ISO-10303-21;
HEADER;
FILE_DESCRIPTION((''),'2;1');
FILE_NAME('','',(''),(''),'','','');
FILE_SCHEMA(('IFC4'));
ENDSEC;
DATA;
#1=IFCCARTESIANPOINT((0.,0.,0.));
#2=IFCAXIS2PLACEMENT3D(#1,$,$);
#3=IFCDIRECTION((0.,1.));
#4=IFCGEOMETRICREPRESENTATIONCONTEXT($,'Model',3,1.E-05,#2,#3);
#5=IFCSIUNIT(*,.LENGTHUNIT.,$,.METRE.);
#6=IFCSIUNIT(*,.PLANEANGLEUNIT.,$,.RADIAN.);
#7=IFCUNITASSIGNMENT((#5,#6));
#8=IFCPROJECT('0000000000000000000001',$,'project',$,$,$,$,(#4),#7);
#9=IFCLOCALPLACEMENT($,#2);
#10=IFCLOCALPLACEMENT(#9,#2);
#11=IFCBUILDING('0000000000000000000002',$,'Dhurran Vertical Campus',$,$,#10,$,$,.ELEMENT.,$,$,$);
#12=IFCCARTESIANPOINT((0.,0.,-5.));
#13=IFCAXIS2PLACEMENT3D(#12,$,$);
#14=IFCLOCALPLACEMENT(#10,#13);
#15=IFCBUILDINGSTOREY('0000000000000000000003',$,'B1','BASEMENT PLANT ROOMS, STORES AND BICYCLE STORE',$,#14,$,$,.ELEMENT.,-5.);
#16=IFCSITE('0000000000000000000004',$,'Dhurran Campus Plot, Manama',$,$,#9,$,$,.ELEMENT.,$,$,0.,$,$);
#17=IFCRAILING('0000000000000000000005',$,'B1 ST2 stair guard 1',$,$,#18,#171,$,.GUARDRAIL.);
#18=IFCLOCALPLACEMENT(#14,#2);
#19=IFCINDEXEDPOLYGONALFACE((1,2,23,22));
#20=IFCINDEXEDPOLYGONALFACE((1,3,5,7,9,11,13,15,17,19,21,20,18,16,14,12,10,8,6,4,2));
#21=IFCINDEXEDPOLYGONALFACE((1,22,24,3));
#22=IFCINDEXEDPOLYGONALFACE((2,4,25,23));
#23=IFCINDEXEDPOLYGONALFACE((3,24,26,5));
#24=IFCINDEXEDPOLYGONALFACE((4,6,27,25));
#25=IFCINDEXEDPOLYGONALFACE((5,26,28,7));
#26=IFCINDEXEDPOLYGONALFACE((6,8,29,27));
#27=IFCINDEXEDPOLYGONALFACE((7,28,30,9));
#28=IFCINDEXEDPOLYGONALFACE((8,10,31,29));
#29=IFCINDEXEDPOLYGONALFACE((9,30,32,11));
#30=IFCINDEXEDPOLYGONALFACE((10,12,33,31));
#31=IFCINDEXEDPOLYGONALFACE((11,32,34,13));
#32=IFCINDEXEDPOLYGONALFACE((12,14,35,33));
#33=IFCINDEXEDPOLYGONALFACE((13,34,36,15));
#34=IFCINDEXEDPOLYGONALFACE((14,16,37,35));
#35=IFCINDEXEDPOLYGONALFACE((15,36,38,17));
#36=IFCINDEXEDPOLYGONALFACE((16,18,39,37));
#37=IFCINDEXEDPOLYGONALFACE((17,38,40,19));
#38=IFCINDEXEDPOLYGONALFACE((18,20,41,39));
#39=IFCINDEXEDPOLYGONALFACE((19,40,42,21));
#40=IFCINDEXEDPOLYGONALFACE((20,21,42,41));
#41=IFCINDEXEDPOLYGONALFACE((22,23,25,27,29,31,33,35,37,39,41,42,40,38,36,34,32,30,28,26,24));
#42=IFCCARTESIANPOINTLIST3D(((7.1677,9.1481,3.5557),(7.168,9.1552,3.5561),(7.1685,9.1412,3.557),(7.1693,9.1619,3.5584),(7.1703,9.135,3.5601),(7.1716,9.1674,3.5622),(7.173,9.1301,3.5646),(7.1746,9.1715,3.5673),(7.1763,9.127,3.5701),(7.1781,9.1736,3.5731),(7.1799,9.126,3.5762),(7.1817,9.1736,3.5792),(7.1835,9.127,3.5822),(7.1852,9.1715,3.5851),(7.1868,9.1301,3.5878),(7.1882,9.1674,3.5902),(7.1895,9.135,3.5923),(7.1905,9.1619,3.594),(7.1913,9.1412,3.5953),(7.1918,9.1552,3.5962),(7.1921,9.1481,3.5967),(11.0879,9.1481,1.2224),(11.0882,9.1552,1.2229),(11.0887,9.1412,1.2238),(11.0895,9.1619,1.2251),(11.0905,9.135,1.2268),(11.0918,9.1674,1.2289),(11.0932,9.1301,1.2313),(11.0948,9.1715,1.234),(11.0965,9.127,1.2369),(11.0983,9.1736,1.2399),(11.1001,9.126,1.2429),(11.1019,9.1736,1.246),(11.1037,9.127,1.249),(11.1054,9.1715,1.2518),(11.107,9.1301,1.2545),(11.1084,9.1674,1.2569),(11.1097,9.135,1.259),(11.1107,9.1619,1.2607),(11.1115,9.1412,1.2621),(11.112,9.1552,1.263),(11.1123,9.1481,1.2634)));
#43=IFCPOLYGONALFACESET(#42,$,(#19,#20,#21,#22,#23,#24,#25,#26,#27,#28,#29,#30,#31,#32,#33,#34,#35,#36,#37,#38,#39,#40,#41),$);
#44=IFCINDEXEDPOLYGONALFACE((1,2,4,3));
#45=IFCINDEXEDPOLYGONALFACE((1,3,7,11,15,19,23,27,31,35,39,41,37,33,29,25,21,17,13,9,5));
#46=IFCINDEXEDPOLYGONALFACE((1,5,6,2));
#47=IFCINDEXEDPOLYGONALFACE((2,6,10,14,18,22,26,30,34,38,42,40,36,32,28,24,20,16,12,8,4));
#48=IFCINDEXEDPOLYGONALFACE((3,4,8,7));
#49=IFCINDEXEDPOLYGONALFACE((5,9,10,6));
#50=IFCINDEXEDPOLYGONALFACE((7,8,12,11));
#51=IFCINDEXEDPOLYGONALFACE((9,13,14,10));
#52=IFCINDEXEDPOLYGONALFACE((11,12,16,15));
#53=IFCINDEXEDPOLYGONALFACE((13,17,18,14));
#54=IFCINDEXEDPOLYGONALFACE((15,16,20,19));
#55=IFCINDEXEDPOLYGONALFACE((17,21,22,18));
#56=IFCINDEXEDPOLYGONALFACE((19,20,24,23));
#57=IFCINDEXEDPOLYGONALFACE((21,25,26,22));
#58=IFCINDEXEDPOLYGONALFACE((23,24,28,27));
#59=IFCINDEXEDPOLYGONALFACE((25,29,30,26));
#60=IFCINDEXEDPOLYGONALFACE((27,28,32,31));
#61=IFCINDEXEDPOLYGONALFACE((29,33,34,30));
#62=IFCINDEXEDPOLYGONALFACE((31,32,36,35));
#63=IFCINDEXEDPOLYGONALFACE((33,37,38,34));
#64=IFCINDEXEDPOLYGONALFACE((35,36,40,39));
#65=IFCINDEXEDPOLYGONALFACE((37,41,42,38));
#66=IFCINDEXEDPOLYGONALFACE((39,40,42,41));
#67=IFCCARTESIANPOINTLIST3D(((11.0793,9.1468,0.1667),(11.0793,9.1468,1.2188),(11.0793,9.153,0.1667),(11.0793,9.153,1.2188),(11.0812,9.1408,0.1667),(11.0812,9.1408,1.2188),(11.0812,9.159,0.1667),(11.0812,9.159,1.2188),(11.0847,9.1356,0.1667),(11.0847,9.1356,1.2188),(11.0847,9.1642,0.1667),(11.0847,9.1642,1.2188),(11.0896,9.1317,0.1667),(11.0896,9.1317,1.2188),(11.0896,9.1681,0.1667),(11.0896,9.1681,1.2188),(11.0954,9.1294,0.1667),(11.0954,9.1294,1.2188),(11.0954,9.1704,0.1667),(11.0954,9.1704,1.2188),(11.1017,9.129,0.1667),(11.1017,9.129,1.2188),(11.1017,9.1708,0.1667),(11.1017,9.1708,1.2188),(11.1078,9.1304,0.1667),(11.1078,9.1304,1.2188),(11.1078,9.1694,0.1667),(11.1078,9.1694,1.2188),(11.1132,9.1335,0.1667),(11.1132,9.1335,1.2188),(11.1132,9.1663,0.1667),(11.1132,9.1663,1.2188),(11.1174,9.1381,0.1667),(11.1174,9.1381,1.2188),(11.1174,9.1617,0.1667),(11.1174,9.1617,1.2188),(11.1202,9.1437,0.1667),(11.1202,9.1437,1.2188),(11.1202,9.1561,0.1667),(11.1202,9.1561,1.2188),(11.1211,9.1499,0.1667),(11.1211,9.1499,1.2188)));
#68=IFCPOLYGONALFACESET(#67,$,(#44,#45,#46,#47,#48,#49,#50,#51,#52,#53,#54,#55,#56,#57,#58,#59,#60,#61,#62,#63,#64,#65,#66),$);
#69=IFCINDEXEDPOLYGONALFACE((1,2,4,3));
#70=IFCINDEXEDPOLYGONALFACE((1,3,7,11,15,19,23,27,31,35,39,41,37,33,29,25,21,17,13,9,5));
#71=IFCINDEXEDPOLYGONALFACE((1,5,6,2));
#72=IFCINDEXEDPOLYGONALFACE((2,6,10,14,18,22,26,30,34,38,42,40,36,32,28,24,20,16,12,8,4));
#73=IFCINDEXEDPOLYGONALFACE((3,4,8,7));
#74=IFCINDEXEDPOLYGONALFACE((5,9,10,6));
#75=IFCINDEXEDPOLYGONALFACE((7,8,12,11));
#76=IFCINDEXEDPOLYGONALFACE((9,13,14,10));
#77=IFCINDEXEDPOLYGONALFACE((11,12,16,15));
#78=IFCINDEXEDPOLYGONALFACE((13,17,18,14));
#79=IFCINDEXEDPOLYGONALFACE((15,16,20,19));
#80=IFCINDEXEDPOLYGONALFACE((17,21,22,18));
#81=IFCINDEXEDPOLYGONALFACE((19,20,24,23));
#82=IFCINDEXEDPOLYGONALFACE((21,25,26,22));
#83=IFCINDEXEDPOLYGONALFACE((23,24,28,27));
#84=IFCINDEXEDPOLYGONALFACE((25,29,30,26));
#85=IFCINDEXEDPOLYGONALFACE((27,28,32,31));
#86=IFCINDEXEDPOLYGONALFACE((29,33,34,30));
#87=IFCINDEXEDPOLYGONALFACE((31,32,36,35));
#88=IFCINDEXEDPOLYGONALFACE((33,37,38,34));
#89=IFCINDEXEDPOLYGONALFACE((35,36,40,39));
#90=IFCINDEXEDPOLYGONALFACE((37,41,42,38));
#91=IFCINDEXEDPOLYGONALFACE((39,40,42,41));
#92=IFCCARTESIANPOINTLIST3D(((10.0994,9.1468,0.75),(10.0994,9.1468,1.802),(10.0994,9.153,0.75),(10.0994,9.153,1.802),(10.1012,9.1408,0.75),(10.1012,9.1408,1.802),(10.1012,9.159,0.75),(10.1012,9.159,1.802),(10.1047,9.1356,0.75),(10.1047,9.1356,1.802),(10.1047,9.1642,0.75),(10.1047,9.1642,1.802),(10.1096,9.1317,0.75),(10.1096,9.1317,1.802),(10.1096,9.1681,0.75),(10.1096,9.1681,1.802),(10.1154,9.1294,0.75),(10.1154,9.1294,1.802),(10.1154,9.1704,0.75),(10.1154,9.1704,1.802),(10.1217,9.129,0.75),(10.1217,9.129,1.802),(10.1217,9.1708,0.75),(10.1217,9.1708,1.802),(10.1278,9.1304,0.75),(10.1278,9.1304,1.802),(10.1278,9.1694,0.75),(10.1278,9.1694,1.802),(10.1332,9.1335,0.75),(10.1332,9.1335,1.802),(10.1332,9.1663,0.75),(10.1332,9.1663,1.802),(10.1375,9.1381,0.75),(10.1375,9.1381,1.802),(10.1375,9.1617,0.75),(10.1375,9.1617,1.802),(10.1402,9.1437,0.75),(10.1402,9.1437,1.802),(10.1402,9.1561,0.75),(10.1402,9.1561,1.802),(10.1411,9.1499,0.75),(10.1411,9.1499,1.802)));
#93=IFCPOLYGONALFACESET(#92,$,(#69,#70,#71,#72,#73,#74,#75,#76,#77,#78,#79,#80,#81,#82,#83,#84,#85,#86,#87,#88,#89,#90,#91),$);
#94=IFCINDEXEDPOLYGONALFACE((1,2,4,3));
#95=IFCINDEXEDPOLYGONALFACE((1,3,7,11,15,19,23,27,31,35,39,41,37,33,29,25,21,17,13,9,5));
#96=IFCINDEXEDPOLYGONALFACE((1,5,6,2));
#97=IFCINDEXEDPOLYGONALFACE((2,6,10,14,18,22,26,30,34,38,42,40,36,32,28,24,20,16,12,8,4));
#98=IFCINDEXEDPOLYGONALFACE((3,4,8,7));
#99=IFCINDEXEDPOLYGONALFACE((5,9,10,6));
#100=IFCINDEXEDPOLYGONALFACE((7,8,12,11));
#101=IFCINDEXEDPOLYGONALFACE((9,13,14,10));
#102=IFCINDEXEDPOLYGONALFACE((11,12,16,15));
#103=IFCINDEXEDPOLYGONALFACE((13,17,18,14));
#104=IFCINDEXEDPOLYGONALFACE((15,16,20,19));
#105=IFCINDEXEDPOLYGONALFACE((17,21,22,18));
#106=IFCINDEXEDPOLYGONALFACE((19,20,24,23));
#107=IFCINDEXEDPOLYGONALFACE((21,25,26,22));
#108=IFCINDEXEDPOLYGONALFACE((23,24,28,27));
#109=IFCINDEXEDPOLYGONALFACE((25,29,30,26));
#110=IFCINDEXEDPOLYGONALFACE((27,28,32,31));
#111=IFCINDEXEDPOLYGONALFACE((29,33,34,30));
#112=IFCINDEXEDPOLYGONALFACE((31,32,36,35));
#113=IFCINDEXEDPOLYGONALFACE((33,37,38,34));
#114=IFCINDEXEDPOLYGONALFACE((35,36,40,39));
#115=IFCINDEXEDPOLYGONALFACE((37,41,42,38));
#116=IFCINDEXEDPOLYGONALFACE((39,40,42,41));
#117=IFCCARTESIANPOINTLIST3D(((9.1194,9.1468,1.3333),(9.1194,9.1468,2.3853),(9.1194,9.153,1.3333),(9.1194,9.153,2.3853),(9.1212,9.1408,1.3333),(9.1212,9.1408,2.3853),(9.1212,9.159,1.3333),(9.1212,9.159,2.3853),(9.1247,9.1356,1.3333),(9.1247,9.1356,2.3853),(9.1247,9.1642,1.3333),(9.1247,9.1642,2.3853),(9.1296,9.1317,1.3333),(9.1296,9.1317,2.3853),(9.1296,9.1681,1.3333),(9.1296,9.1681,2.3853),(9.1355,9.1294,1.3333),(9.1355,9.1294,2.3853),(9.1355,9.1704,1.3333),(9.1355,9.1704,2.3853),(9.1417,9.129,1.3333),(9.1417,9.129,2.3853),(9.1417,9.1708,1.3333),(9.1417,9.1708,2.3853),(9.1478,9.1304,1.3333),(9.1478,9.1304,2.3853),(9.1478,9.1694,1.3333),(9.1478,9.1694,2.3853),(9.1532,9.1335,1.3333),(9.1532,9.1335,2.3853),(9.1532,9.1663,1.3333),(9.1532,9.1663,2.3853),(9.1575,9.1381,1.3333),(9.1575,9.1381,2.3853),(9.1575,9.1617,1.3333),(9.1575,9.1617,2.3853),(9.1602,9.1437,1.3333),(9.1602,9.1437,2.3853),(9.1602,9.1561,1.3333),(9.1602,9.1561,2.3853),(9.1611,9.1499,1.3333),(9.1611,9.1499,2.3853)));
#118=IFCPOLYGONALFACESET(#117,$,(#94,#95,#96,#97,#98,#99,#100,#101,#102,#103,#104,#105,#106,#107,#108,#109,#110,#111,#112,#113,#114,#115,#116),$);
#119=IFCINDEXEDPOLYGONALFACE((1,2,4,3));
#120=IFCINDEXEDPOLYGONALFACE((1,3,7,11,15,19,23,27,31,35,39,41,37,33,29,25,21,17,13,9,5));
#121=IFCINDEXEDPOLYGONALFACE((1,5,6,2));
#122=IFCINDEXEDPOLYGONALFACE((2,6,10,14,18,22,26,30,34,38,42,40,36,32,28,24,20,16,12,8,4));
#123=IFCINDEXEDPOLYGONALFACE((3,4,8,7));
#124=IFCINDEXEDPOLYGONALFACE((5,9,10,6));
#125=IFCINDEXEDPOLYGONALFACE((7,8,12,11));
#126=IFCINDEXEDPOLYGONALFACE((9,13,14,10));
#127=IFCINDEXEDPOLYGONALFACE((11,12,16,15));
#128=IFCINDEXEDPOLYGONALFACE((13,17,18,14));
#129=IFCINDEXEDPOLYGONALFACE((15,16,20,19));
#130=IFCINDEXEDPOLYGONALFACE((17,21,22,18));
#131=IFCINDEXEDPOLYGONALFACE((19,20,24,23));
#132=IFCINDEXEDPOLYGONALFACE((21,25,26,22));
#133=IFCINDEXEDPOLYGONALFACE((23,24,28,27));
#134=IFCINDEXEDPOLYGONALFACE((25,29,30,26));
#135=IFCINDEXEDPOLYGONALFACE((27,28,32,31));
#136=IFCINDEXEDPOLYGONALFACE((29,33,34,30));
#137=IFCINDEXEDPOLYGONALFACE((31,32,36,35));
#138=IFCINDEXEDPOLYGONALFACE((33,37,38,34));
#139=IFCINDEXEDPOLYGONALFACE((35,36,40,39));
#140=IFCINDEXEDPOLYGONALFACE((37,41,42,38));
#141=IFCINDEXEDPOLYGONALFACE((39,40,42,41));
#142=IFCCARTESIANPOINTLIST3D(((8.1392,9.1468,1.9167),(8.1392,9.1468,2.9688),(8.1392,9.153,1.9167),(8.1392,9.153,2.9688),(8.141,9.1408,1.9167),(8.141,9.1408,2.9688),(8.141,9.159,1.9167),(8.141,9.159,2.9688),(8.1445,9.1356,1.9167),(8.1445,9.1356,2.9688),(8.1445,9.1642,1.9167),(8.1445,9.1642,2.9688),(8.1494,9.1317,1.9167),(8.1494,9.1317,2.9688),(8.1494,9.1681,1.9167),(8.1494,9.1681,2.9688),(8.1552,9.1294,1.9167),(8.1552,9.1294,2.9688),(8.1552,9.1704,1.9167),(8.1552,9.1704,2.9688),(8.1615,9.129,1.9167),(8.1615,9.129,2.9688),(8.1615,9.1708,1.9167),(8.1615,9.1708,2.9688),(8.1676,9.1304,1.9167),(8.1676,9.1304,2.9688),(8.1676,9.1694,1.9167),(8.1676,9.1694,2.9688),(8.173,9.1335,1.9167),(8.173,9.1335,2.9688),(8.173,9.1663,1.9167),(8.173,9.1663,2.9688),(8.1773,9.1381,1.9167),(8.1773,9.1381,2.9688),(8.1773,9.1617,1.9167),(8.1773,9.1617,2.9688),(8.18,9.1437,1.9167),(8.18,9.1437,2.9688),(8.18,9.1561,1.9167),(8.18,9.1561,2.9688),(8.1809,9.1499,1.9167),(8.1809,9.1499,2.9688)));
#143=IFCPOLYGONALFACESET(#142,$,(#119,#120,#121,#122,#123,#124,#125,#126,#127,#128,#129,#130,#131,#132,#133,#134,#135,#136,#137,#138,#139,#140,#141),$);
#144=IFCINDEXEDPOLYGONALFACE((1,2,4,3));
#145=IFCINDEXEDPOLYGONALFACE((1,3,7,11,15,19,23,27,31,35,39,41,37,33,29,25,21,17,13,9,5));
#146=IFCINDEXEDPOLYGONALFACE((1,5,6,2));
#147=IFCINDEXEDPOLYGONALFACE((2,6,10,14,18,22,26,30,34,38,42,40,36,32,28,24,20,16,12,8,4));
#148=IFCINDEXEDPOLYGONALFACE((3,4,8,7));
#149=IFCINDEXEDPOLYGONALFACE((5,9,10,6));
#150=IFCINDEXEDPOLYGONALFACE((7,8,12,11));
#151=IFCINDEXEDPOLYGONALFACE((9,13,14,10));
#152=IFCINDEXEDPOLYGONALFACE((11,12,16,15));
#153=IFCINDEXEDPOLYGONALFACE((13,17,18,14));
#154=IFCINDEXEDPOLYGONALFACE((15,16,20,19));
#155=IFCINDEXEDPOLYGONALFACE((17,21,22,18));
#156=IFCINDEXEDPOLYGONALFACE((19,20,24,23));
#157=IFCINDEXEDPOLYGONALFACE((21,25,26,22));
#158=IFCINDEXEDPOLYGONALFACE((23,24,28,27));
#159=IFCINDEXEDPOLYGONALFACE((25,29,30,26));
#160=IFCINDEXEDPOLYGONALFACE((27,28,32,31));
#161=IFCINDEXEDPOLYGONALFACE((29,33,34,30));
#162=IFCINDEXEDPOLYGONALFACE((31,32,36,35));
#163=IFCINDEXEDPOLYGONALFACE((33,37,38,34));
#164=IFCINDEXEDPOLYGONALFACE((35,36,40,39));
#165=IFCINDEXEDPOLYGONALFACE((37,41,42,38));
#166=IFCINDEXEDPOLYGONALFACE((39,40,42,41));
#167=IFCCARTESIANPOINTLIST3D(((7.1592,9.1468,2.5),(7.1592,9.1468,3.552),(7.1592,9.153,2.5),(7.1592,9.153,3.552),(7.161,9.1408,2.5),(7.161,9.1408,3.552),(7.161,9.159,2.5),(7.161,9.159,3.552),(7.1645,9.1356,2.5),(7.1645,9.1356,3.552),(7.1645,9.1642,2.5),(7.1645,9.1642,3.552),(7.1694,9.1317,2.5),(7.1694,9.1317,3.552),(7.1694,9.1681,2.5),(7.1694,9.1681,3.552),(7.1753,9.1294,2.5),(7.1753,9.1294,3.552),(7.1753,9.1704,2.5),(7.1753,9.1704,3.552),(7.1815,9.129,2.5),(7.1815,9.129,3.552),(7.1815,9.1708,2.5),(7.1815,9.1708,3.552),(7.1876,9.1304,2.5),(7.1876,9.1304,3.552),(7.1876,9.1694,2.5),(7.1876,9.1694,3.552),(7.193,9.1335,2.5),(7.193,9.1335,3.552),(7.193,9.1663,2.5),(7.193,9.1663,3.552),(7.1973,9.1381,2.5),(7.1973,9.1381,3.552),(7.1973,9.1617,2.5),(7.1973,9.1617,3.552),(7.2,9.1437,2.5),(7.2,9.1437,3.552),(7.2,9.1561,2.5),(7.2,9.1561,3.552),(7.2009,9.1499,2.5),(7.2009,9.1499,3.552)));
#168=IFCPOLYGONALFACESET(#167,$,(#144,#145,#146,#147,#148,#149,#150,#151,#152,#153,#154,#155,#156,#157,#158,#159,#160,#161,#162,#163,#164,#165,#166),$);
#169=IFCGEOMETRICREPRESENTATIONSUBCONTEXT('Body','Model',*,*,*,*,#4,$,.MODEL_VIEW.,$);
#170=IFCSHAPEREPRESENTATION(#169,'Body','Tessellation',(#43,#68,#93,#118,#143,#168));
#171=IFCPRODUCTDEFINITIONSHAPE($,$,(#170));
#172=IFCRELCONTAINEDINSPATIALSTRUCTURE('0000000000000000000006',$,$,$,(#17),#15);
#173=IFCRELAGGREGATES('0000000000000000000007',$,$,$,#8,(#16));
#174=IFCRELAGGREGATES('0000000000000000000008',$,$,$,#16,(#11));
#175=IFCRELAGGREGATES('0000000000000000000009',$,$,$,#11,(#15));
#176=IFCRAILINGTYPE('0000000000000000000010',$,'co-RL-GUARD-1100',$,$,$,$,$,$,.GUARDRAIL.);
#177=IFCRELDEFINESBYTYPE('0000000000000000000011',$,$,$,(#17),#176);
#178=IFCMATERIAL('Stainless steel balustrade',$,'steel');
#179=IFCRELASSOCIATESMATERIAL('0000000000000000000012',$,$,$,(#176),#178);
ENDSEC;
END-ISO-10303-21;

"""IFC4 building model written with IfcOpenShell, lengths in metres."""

from ifc_helpers import new_model, si_unit, direction, frame, origin, origin_2d, place, context, subcontext, project, spatial, circle, extrude, material, type_object, element, save


model = new_model("IFC4")

# Units and contexts
model_context = context("Model", 3, precision=1e-05, world=origin(), true_north=direction((0.0, 1.0)))
body_context = subcontext(model_context, "Body", "Model", "MODEL_VIEW")
ifc_project = project(units=[si_unit("LENGTHUNIT", "METRE"), si_unit("PLANEANGLEUNIT", "RADIAN")], contexts=[model_context])

# Site, building, storey
site_placement = place(None, origin())
site = spatial("IfcSite", under=ifc_project, at=site_placement, Name="Dhurran Campus Plot, Manama", CompositionType="ELEMENT", RefElevation=0.0)
building_placement = place(site_placement, origin())
building = spatial("IfcBuilding", under=site, at=building_placement, Name="Dhurran Vertical Campus", CompositionType="ELEMENT")
storey_placement = place(building_placement, frame((0.0, 0.0, -5.0)))
storey = spatial("IfcBuildingStorey", under=building, at=storey_placement, Name="B1", Description="BASEMENT PLANT ROOMS, STORES AND BICYCLE STORE", CompositionType="ELEMENT", Elevation=-5.0)

# Railing
ifc_material_1 = material(Name="Stainless steel balustrade", Category="steel")
railing_type_1 = type_object("IfcRailingType", Name="co-RL-GUARD-1100", PredefinedType="GUARDRAIL", material=ifc_material_1)
railing_1_placement = place(storey_placement, frame((11.1001, 9.1499, 0.1667)))
element("IfcRailing", 1, at=railing_1_placement, inside=storey, type_object=railing_type_1, Name="B1 ST2 stair guard 1", PredefinedType="GUARDRAIL", context=body_context, shape_type="SweptSolid", body=[
    extrude(circle(Radius=0.0239, at=origin_2d()), frame((0.0, 0.0, 1.0762), z_axis=(-0.85931, 0.0, 0.511455), x_axis=(0.0, -1.0, 0.0)), (0.0, 0.0, 1.0), 4.562),
    extrude(circle(Radius=0.021, at=origin_2d()), origin(), (0.0, 0.0, 1.0), 1.052),
    extrude(circle(Radius=0.021, at=origin_2d()), frame((-0.98, 0.0, 0.5833)), (0.0, 0.0, 1.0), 1.052),
    extrude(circle(Radius=0.021, at=origin_2d()), frame((-1.96, 0.0, 1.1665)), (0.0, 0.0, 1.0), 1.052),
    extrude(circle(Radius=0.021, at=origin_2d()), frame((-2.9402, 0.0, 1.75)), (0.0, 0.0, 1.0), 1.052),
    extrude(circle(Radius=0.021, at=origin_2d()), frame((-3.9202, 0.0, 2.3333)), (0.0, 0.0, 1.0), 1.052),
])

save(model, "model.ifc")
